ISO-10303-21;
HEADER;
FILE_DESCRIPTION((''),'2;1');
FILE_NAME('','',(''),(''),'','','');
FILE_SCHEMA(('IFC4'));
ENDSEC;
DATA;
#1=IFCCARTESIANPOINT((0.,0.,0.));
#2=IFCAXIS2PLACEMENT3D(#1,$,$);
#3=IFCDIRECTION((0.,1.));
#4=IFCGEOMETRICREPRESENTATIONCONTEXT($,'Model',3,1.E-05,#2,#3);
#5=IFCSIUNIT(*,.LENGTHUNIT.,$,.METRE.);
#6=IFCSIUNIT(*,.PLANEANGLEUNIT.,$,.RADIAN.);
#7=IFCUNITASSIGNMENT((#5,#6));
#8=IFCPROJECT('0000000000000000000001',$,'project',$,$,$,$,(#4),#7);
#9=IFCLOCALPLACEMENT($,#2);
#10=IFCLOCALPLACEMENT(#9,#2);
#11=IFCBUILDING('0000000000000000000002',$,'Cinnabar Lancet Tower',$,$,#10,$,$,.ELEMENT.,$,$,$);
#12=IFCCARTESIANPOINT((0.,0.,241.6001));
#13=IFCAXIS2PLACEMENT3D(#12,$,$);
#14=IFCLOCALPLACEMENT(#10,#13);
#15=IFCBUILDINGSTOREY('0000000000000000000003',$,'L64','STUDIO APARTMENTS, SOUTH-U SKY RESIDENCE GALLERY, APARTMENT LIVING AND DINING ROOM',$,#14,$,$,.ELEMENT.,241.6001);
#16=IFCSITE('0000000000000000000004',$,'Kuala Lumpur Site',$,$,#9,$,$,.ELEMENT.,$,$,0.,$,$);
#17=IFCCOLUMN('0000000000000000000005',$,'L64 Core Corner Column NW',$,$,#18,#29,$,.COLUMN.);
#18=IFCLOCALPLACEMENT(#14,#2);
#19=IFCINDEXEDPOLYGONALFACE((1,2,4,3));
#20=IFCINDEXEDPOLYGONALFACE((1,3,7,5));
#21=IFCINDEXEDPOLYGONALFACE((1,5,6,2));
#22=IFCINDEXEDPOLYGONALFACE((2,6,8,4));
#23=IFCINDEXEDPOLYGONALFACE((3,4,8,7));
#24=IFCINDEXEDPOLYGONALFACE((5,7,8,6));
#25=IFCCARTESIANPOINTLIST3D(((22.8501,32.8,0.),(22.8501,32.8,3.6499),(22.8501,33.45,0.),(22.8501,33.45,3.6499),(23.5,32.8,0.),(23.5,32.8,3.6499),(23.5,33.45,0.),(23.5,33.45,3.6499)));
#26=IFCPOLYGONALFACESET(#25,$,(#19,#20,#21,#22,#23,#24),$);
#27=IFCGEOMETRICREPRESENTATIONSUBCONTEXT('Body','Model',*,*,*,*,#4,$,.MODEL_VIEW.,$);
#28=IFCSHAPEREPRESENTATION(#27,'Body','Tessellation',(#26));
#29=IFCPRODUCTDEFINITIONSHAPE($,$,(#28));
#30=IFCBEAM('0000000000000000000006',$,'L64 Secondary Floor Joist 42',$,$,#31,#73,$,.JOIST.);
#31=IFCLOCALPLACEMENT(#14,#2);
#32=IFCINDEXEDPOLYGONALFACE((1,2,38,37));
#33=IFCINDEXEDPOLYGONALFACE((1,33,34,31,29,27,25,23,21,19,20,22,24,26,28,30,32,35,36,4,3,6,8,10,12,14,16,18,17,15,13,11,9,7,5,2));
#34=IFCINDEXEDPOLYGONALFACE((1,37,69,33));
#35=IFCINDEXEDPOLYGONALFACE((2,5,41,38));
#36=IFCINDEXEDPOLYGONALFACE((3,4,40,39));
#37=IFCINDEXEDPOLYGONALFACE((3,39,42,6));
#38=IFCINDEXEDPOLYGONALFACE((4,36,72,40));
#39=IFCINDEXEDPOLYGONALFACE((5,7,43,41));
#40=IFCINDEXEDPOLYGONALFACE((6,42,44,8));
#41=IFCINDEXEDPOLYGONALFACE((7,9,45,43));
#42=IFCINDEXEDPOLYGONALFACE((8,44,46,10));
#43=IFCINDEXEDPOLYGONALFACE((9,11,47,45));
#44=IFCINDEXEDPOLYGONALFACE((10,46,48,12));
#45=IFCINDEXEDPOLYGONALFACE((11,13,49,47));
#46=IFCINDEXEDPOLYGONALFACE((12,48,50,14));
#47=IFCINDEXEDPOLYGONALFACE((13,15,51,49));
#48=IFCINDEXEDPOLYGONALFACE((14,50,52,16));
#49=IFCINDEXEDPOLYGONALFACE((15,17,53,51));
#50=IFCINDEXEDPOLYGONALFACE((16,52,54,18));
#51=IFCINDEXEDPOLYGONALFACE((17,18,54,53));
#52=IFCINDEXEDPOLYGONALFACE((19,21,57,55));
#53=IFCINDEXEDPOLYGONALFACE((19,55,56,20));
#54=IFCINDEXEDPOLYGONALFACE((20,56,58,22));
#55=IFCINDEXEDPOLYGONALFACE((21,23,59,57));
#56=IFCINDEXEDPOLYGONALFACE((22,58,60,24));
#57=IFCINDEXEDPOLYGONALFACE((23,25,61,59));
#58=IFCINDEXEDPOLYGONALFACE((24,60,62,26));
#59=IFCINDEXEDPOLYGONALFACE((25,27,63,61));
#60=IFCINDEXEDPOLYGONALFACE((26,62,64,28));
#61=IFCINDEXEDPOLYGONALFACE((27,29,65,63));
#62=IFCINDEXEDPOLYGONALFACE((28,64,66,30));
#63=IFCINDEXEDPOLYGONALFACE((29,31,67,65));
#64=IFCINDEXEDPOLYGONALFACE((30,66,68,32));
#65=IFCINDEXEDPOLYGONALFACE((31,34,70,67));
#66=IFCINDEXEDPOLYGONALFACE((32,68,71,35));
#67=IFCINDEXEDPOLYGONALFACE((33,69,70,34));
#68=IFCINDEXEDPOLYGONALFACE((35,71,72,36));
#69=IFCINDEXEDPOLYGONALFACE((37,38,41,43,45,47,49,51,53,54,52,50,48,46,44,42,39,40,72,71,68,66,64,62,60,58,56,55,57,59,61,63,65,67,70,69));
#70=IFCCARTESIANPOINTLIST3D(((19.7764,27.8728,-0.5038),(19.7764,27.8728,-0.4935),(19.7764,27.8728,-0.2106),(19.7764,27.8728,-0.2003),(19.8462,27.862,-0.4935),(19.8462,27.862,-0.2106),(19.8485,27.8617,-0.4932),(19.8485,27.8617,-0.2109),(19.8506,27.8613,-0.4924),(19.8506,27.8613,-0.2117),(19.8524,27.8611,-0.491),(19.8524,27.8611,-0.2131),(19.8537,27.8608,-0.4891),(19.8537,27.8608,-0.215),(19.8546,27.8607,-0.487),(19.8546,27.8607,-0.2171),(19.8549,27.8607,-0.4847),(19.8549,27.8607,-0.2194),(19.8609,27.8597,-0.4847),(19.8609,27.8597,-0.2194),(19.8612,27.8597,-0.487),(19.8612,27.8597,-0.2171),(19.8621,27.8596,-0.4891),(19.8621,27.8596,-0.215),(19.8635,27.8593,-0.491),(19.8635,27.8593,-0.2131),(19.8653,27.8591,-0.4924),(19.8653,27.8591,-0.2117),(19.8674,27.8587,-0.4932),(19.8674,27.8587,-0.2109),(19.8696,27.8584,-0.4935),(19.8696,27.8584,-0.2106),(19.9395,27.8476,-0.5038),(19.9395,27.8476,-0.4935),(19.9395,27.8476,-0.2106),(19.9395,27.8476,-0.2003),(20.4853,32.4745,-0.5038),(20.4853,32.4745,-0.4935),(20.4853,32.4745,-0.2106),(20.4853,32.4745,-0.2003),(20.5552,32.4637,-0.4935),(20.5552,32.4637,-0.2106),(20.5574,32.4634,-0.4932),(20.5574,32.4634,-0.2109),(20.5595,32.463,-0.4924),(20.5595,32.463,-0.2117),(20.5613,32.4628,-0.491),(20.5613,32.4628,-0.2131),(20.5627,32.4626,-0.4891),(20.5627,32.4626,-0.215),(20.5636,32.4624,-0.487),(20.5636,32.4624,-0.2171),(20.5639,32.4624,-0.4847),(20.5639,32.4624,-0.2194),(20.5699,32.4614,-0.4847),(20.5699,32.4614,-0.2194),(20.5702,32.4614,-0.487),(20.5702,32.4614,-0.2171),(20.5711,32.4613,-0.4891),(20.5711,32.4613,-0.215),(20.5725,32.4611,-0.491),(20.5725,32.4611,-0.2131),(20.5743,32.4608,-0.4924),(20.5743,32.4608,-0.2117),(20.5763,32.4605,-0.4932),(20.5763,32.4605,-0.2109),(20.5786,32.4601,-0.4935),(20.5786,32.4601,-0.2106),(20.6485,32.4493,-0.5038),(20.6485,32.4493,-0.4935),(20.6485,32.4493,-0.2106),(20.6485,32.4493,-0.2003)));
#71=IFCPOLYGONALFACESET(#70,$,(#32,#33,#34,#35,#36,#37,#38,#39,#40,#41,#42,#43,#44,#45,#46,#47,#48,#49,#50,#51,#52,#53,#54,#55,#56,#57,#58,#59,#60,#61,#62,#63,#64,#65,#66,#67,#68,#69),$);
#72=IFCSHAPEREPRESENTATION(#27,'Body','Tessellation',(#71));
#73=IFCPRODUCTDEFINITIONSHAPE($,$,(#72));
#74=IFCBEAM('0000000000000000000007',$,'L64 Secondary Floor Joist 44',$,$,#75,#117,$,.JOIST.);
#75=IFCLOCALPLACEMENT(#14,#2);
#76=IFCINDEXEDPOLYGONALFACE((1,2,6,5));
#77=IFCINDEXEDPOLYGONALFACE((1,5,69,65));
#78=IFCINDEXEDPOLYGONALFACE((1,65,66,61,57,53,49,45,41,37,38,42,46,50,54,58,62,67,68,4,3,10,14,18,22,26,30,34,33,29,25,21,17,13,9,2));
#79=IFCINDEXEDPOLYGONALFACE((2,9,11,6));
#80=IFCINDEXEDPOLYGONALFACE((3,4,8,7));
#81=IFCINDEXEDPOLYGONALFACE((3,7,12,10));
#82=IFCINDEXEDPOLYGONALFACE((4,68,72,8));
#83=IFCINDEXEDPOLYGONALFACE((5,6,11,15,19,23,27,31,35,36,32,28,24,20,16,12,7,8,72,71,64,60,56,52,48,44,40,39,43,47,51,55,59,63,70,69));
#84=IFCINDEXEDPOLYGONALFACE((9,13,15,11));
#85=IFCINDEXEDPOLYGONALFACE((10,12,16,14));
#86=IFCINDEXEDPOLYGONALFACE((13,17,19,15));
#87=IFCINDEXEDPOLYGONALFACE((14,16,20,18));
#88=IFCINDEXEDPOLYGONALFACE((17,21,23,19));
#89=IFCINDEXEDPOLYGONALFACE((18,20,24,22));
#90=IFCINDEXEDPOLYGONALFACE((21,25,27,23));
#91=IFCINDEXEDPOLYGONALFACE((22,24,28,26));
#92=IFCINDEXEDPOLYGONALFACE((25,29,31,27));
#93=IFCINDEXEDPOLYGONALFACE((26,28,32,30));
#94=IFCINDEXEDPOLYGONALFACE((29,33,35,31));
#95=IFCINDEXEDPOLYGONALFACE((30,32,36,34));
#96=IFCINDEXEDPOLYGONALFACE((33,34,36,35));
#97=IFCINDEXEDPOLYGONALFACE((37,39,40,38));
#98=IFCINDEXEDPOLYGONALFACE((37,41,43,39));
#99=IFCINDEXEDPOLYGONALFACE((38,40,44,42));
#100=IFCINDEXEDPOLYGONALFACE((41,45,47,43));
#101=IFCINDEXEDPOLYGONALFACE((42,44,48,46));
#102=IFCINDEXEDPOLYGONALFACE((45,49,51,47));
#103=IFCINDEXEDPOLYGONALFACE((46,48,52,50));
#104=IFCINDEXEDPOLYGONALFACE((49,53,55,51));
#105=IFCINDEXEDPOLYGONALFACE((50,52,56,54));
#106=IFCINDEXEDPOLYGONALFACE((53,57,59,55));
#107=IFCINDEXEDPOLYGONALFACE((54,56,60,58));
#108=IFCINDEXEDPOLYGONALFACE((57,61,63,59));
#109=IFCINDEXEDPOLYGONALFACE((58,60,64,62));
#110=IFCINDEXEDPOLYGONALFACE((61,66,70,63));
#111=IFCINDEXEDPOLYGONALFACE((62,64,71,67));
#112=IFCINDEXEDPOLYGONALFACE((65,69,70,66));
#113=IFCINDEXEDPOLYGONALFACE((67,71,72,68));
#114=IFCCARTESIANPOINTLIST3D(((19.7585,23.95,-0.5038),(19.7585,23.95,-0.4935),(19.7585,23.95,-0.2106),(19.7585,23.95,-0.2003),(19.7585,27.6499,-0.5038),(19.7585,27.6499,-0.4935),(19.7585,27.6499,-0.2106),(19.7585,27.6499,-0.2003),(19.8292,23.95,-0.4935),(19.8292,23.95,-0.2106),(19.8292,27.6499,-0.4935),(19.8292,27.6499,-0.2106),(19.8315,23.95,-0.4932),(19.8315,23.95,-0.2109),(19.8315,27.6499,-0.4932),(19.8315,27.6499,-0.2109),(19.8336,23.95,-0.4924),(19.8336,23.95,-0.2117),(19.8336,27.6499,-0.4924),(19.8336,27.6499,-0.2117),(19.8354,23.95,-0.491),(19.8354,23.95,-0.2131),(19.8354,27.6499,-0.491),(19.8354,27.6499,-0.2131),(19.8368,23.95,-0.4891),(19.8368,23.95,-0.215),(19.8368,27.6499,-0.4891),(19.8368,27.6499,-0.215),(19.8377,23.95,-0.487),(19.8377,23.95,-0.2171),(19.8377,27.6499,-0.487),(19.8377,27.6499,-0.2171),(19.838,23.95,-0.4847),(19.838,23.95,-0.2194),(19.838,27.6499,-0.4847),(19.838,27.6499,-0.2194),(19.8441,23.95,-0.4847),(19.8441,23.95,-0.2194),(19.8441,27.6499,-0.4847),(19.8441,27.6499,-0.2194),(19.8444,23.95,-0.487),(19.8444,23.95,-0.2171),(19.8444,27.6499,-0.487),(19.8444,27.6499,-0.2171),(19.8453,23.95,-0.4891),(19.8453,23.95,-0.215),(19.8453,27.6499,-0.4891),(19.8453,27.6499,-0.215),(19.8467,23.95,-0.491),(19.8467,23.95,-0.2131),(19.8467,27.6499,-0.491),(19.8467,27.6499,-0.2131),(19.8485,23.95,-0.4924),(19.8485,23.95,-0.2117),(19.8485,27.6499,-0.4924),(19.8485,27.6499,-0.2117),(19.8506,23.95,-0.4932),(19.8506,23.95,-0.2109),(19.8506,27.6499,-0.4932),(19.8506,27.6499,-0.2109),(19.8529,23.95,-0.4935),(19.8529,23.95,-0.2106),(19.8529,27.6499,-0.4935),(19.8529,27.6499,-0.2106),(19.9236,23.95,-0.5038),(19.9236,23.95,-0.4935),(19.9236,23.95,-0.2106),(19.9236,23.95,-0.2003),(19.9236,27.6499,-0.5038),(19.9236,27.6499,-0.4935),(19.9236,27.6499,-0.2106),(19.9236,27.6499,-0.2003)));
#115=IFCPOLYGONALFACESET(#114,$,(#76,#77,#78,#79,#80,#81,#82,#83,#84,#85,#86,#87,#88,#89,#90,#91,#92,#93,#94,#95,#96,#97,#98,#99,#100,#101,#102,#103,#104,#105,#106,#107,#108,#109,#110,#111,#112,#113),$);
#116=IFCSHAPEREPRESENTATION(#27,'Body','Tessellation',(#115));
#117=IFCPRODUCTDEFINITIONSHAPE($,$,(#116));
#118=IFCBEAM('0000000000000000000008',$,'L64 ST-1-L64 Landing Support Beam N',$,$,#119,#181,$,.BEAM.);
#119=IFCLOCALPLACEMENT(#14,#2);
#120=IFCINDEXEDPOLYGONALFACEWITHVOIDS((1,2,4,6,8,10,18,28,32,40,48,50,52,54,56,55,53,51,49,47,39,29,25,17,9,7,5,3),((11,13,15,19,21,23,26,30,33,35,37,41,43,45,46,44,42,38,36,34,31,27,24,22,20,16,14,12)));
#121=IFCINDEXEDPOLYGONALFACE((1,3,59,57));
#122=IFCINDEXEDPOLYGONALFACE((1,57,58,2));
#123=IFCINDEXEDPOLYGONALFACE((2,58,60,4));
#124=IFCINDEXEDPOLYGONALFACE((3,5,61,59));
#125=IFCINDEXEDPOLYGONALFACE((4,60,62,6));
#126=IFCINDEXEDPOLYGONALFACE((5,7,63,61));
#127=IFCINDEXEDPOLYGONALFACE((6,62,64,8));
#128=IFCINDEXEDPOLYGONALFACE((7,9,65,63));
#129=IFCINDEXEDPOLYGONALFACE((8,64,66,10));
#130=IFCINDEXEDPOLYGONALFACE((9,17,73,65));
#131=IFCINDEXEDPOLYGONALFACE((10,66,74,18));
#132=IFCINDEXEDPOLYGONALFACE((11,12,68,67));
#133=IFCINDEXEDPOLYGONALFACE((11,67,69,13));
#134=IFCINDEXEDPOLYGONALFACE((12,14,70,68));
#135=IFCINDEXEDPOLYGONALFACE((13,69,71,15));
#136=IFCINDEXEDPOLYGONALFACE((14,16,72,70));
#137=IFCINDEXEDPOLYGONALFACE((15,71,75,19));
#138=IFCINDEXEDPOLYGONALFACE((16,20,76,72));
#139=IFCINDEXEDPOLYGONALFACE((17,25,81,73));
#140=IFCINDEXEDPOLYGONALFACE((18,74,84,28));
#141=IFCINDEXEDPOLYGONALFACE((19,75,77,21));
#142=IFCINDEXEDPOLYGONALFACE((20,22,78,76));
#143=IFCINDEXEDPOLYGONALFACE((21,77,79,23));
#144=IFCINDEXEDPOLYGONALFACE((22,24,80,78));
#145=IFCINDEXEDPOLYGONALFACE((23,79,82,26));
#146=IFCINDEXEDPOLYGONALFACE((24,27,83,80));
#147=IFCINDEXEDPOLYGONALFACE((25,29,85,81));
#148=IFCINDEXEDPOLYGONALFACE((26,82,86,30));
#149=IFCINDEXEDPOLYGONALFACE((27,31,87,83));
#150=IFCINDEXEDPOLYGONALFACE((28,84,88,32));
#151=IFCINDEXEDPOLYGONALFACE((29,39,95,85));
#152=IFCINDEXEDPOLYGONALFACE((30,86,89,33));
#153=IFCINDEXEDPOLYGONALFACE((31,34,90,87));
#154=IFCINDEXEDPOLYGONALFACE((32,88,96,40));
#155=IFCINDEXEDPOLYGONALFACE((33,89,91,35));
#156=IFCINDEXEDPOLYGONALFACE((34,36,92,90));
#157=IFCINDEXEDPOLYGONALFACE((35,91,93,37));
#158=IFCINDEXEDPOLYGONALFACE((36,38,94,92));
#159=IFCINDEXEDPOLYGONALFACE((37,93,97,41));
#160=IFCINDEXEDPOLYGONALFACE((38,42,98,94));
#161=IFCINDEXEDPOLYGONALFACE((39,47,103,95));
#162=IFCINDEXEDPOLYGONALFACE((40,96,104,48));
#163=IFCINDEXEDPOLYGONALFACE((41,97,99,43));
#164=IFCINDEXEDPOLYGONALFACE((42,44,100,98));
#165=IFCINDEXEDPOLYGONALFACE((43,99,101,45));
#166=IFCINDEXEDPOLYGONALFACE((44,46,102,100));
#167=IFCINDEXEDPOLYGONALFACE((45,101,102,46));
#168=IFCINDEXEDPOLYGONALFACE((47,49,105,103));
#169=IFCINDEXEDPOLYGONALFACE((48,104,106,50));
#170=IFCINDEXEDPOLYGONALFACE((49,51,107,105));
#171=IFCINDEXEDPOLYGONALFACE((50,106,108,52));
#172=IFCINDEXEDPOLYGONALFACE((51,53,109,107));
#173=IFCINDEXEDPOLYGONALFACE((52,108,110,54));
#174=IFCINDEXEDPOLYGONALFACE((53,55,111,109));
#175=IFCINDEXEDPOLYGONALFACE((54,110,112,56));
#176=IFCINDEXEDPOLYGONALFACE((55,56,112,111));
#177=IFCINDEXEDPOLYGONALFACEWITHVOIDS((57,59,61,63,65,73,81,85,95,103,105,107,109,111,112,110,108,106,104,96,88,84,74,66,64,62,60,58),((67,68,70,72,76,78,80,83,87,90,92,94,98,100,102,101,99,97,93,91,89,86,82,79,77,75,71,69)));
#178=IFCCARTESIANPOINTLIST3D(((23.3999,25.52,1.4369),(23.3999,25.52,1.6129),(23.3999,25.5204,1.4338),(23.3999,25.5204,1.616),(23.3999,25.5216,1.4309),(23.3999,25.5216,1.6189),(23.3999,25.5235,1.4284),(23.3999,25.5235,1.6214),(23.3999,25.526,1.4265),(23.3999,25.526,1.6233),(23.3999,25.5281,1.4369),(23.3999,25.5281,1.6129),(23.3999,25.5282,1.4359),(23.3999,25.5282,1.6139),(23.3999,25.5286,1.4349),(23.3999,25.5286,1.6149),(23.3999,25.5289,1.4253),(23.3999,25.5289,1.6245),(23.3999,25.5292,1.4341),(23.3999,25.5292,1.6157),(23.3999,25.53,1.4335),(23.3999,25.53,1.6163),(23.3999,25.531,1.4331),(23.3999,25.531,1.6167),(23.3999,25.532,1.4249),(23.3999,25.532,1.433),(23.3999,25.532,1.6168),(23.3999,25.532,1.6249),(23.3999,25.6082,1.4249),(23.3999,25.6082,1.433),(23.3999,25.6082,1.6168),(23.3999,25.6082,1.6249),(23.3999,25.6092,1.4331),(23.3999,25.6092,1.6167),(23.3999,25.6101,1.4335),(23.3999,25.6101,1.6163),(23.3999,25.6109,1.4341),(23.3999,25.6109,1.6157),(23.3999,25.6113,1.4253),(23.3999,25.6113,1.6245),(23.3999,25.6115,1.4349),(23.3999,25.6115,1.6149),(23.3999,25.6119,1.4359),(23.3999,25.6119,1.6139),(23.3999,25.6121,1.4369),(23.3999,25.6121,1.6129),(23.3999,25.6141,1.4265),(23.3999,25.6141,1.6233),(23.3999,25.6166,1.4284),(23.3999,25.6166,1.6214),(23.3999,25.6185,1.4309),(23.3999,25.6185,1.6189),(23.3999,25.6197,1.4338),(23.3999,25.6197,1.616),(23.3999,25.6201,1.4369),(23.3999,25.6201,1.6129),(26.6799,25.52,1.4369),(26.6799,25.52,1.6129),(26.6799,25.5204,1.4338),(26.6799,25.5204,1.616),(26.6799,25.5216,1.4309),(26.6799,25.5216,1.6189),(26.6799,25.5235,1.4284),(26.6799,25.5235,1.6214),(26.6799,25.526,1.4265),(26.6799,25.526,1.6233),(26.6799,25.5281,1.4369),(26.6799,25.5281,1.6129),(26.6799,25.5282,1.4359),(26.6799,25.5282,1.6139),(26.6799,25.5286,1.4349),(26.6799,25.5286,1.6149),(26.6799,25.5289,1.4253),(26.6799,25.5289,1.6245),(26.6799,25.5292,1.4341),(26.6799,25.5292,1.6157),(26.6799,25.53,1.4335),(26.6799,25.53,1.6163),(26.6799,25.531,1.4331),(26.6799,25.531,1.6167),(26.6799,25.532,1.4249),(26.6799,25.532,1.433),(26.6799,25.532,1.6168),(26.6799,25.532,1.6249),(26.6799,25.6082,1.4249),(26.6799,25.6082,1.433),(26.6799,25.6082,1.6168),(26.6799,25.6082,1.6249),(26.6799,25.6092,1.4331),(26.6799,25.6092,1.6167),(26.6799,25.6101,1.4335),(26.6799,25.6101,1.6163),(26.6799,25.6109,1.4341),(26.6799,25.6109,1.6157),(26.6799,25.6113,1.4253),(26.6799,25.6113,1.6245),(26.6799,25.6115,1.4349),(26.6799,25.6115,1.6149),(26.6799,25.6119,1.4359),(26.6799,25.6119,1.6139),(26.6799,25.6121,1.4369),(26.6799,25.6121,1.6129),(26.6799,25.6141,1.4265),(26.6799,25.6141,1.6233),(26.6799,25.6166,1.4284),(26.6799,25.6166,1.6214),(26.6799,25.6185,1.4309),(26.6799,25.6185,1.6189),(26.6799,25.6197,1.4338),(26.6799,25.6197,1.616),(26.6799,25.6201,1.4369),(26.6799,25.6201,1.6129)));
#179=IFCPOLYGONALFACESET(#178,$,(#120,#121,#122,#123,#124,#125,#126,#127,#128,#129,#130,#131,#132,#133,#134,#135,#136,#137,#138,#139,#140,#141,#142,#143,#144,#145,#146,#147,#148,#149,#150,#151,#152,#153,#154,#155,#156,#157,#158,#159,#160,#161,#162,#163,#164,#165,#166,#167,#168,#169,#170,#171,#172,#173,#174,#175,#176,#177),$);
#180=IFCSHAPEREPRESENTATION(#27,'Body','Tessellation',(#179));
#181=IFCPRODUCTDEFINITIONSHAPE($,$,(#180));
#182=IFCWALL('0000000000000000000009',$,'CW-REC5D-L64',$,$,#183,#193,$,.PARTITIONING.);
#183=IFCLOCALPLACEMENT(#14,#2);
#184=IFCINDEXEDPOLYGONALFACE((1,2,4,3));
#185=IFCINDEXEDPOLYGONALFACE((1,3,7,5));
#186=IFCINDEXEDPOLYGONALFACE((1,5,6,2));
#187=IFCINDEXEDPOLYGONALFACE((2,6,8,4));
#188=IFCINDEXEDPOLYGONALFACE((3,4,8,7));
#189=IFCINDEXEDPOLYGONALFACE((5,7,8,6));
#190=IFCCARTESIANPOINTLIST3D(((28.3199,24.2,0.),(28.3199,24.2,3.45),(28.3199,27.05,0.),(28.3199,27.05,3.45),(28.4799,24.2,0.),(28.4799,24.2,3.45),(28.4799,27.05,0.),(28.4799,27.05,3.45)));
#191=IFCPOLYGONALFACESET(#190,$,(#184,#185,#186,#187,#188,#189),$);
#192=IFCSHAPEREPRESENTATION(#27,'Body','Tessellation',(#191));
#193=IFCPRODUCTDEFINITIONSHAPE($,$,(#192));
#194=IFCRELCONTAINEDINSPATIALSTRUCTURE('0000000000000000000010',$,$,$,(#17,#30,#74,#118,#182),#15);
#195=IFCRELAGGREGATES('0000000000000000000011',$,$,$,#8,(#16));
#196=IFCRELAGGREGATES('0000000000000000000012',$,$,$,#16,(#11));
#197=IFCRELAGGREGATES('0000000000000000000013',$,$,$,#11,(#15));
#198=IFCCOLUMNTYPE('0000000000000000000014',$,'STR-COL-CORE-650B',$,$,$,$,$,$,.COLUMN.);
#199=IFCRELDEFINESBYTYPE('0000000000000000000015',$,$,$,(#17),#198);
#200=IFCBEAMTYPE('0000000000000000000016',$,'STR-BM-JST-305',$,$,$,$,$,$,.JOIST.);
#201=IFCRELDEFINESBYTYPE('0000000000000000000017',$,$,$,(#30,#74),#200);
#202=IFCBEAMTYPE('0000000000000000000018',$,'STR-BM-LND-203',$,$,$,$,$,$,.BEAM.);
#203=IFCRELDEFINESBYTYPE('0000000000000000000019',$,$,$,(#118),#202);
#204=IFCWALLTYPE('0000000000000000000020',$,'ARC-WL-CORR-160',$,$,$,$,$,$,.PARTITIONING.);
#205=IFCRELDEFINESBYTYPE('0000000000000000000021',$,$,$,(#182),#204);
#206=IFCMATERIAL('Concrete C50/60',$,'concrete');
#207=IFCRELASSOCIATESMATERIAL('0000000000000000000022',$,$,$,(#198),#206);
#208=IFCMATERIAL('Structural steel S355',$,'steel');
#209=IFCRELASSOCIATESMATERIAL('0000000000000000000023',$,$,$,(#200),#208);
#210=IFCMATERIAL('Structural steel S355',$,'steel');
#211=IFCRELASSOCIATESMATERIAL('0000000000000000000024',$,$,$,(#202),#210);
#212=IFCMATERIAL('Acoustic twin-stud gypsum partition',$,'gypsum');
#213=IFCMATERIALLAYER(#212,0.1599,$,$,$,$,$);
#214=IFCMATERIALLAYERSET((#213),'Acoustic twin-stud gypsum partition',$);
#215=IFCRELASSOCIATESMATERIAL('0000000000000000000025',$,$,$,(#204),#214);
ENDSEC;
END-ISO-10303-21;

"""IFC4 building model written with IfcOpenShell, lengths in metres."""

from ifc_helpers import new_model, si_unit, direction, frame, frame_2d, origin, origin_2d, place, context, subcontext, project, spatial, rectangle, hollow_rectangle, i_section, extrude, material, layer, layer_set, material_profile, profile_set, type_object, element, save


model = new_model("IFC4")

# Units and contexts
model_context = context("Model", 3, precision=1e-05, world=origin(), true_north=direction((0.0, 1.0)))
body_context = subcontext(model_context, "Body", "Model", "MODEL_VIEW")
ifc_project = project(units=[si_unit("LENGTHUNIT", "METRE"), si_unit("PLANEANGLEUNIT", "RADIAN")], contexts=[model_context])

# Site, building, storey
site_placement = place(None, origin())
site = spatial("IfcSite", under=ifc_project, at=site_placement, Name="Kuala Lumpur Site", CompositionType="ELEMENT", RefElevation=0.0)
building_placement = place(site_placement, origin())
building = spatial("IfcBuilding", under=site, at=building_placement, Name="Cinnabar Lancet Tower", CompositionType="ELEMENT")
storey_placement = place(building_placement, frame((0.0, 0.0, 241.6001)))
storey = spatial("IfcBuildingStorey", under=building, at=storey_placement, Name="L64", Description="STUDIO APARTMENTS, SOUTH-U SKY RESIDENCE GALLERY, APARTMENT LIVING AND DINING ROOM", CompositionType="ELEMENT", Elevation=241.6001)

# Column
ifc_material_1 = material(Name="Concrete C50/60", Category="concrete")
ifc_material_profile_1 = material_profile(ifc_material_1, rectangle(XDim=0.6499, YDim=0.6499, at=origin_2d()), Name="RC-COL 650x650")
ifc_profile_set_1 = profile_set([ifc_material_profile_1], Name="Concrete C50/60")
column_type = type_object("IfcColumnType", Name="STR-COL-CORE-650B", PredefinedType="COLUMN", material=ifc_profile_set_1)
column_placement = place(storey_placement, frame((23.175, 33.125, 0.0), z_axis=(0.0, 0.0, 1.0), x_axis=(1.0, 0.0, 0.0)))
element("IfcColumn", 1, at=column_placement, inside=storey, type_object=column_type, Name="L64 Core Corner Column NW", PredefinedType="COLUMN", context=body_context, shape_type="SweptSolid", body=[
    extrude(rectangle(XDim=0.6499, YDim=0.6499, at=origin_2d()), origin(), (0.0, 0.0, 1.0), 3.6499),
])

# Beams
ifc_material_2 = material(Name="Structural steel S355", Category="steel")
ifc_material_profile_2 = material_profile(ifc_material_2, i_section(OverallWidth=0.165, OverallDepth=0.3035, WebThickness=0.0061, FlangeThickness=0.0103, FilletRadius=0.0088, at=origin_2d()), Name="UKB 305x165x40")
ifc_profile_set_2 = profile_set([ifc_material_profile_2], Name="Structural steel S355")
beam_type_1 = type_object("IfcBeamType", Name="STR-BM-JST-305", PredefinedType="JOIST", material=ifc_profile_set_2)
beam_1_placement = place(storey_placement, frame((20.5669, 32.4619, -0.3521), z_axis=(-0.15227, -0.988339, 0.0), x_axis=(0.988339, -0.15227, 0.0)))
element("IfcBeam", 2, at=beam_1_placement, inside=storey, type_object=beam_type_1, Name="L64 Secondary Floor Joist 42", PredefinedType="JOIST", context=body_context, shape_type="SweptSolid", body=[
    extrude(i_section(OverallWidth=0.165, OverallDepth=0.3035, WebThickness=0.0061, FlangeThickness=0.0103, FilletRadius=0.0088, at=origin_2d()), origin(), (0.0, 0.0, 1.0), 4.656),
])
beam_2_placement = place(storey_placement, frame((19.8411, 27.6499, -0.3521), z_axis=(0.0, -1.0, 0.0), x_axis=(1.0, 0.0, 0.0)))
element("IfcBeam", 3, at=beam_2_placement, inside=storey, type_object=beam_type_1, Name="L64 Secondary Floor Joist 44", PredefinedType="JOIST", context=body_context, shape_type="SweptSolid", body=[
    extrude(i_section(OverallWidth=0.165, OverallDepth=0.3035, WebThickness=0.0061, FlangeThickness=0.0103, FilletRadius=0.0088, at=origin_2d()), origin(), (0.0, 0.0, 1.0), 3.7),
])
ifc_material_3 = material(Name="Structural steel S355", Category="steel")
ifc_material_profile_3 = material_profile(ifc_material_3, hollow_rectangle(XDim=0.1001, YDim=0.2, WallThickness=0.0081, InnerFilletRadius=0.0039, OuterFilletRadius=0.012, at=origin_2d()), Name="RHS 200x100x8")
ifc_profile_set_3 = profile_set([ifc_material_profile_3], Name="Structural steel S355")
beam_type_2 = type_object("IfcBeamType", Name="STR-BM-LND-203", PredefinedType="BEAM", material=ifc_profile_set_3)
beam_3_placement = place(storey_placement, frame((23.3999, 25.5701, 1.5249), z_axis=(1.0, 0.0, 0.0), x_axis=(0.0, 1.0, 0.0)))
element("IfcBeam", 4, at=beam_3_placement, inside=storey, type_object=beam_type_2, Name="L64 ST-1-L64 Landing Support Beam N", PredefinedType="BEAM", context=body_context, shape_type="SweptSolid", body=[
    extrude(hollow_rectangle(XDim=0.1001, YDim=0.2, WallThickness=0.0081, InnerFilletRadius=0.0039, OuterFilletRadius=0.012, at=origin_2d()), origin(), (0.0, 0.0, 1.0), 3.28),
])

# Wall
ifc_material_4 = material(Name="Acoustic twin-stud gypsum partition", Category="gypsum")
ifc_layer_1 = layer(ifc_material_4, 0.1599)
ifc_layer_set_1 = layer_set([ifc_layer_1], Name="Acoustic twin-stud gypsum partition")
wall_type_1 = type_object("IfcWallType", Name="ARC-WL-CORR-160", PredefinedType="PARTITIONING", material=ifc_layer_set_1)
wall_1_placement = place(storey_placement, frame((28.3999, 24.2, 0.0), z_axis=(0.0, 0.0, 1.0), x_axis=(0.0, 1.0, 0.0)))
element("IfcWall", 5, at=wall_1_placement, inside=storey, type_object=wall_type_1, Name="CW-REC5D-L64", PredefinedType="PARTITIONING", context=body_context, shape_type="SweptSolid", body=[
    extrude(rectangle(XDim=2.8501, YDim=0.1599, at=frame_2d((1.425, 0.0))), origin(), (0.0, 0.0, 1.0), 3.45),
])

save(model, "model.ifc")
